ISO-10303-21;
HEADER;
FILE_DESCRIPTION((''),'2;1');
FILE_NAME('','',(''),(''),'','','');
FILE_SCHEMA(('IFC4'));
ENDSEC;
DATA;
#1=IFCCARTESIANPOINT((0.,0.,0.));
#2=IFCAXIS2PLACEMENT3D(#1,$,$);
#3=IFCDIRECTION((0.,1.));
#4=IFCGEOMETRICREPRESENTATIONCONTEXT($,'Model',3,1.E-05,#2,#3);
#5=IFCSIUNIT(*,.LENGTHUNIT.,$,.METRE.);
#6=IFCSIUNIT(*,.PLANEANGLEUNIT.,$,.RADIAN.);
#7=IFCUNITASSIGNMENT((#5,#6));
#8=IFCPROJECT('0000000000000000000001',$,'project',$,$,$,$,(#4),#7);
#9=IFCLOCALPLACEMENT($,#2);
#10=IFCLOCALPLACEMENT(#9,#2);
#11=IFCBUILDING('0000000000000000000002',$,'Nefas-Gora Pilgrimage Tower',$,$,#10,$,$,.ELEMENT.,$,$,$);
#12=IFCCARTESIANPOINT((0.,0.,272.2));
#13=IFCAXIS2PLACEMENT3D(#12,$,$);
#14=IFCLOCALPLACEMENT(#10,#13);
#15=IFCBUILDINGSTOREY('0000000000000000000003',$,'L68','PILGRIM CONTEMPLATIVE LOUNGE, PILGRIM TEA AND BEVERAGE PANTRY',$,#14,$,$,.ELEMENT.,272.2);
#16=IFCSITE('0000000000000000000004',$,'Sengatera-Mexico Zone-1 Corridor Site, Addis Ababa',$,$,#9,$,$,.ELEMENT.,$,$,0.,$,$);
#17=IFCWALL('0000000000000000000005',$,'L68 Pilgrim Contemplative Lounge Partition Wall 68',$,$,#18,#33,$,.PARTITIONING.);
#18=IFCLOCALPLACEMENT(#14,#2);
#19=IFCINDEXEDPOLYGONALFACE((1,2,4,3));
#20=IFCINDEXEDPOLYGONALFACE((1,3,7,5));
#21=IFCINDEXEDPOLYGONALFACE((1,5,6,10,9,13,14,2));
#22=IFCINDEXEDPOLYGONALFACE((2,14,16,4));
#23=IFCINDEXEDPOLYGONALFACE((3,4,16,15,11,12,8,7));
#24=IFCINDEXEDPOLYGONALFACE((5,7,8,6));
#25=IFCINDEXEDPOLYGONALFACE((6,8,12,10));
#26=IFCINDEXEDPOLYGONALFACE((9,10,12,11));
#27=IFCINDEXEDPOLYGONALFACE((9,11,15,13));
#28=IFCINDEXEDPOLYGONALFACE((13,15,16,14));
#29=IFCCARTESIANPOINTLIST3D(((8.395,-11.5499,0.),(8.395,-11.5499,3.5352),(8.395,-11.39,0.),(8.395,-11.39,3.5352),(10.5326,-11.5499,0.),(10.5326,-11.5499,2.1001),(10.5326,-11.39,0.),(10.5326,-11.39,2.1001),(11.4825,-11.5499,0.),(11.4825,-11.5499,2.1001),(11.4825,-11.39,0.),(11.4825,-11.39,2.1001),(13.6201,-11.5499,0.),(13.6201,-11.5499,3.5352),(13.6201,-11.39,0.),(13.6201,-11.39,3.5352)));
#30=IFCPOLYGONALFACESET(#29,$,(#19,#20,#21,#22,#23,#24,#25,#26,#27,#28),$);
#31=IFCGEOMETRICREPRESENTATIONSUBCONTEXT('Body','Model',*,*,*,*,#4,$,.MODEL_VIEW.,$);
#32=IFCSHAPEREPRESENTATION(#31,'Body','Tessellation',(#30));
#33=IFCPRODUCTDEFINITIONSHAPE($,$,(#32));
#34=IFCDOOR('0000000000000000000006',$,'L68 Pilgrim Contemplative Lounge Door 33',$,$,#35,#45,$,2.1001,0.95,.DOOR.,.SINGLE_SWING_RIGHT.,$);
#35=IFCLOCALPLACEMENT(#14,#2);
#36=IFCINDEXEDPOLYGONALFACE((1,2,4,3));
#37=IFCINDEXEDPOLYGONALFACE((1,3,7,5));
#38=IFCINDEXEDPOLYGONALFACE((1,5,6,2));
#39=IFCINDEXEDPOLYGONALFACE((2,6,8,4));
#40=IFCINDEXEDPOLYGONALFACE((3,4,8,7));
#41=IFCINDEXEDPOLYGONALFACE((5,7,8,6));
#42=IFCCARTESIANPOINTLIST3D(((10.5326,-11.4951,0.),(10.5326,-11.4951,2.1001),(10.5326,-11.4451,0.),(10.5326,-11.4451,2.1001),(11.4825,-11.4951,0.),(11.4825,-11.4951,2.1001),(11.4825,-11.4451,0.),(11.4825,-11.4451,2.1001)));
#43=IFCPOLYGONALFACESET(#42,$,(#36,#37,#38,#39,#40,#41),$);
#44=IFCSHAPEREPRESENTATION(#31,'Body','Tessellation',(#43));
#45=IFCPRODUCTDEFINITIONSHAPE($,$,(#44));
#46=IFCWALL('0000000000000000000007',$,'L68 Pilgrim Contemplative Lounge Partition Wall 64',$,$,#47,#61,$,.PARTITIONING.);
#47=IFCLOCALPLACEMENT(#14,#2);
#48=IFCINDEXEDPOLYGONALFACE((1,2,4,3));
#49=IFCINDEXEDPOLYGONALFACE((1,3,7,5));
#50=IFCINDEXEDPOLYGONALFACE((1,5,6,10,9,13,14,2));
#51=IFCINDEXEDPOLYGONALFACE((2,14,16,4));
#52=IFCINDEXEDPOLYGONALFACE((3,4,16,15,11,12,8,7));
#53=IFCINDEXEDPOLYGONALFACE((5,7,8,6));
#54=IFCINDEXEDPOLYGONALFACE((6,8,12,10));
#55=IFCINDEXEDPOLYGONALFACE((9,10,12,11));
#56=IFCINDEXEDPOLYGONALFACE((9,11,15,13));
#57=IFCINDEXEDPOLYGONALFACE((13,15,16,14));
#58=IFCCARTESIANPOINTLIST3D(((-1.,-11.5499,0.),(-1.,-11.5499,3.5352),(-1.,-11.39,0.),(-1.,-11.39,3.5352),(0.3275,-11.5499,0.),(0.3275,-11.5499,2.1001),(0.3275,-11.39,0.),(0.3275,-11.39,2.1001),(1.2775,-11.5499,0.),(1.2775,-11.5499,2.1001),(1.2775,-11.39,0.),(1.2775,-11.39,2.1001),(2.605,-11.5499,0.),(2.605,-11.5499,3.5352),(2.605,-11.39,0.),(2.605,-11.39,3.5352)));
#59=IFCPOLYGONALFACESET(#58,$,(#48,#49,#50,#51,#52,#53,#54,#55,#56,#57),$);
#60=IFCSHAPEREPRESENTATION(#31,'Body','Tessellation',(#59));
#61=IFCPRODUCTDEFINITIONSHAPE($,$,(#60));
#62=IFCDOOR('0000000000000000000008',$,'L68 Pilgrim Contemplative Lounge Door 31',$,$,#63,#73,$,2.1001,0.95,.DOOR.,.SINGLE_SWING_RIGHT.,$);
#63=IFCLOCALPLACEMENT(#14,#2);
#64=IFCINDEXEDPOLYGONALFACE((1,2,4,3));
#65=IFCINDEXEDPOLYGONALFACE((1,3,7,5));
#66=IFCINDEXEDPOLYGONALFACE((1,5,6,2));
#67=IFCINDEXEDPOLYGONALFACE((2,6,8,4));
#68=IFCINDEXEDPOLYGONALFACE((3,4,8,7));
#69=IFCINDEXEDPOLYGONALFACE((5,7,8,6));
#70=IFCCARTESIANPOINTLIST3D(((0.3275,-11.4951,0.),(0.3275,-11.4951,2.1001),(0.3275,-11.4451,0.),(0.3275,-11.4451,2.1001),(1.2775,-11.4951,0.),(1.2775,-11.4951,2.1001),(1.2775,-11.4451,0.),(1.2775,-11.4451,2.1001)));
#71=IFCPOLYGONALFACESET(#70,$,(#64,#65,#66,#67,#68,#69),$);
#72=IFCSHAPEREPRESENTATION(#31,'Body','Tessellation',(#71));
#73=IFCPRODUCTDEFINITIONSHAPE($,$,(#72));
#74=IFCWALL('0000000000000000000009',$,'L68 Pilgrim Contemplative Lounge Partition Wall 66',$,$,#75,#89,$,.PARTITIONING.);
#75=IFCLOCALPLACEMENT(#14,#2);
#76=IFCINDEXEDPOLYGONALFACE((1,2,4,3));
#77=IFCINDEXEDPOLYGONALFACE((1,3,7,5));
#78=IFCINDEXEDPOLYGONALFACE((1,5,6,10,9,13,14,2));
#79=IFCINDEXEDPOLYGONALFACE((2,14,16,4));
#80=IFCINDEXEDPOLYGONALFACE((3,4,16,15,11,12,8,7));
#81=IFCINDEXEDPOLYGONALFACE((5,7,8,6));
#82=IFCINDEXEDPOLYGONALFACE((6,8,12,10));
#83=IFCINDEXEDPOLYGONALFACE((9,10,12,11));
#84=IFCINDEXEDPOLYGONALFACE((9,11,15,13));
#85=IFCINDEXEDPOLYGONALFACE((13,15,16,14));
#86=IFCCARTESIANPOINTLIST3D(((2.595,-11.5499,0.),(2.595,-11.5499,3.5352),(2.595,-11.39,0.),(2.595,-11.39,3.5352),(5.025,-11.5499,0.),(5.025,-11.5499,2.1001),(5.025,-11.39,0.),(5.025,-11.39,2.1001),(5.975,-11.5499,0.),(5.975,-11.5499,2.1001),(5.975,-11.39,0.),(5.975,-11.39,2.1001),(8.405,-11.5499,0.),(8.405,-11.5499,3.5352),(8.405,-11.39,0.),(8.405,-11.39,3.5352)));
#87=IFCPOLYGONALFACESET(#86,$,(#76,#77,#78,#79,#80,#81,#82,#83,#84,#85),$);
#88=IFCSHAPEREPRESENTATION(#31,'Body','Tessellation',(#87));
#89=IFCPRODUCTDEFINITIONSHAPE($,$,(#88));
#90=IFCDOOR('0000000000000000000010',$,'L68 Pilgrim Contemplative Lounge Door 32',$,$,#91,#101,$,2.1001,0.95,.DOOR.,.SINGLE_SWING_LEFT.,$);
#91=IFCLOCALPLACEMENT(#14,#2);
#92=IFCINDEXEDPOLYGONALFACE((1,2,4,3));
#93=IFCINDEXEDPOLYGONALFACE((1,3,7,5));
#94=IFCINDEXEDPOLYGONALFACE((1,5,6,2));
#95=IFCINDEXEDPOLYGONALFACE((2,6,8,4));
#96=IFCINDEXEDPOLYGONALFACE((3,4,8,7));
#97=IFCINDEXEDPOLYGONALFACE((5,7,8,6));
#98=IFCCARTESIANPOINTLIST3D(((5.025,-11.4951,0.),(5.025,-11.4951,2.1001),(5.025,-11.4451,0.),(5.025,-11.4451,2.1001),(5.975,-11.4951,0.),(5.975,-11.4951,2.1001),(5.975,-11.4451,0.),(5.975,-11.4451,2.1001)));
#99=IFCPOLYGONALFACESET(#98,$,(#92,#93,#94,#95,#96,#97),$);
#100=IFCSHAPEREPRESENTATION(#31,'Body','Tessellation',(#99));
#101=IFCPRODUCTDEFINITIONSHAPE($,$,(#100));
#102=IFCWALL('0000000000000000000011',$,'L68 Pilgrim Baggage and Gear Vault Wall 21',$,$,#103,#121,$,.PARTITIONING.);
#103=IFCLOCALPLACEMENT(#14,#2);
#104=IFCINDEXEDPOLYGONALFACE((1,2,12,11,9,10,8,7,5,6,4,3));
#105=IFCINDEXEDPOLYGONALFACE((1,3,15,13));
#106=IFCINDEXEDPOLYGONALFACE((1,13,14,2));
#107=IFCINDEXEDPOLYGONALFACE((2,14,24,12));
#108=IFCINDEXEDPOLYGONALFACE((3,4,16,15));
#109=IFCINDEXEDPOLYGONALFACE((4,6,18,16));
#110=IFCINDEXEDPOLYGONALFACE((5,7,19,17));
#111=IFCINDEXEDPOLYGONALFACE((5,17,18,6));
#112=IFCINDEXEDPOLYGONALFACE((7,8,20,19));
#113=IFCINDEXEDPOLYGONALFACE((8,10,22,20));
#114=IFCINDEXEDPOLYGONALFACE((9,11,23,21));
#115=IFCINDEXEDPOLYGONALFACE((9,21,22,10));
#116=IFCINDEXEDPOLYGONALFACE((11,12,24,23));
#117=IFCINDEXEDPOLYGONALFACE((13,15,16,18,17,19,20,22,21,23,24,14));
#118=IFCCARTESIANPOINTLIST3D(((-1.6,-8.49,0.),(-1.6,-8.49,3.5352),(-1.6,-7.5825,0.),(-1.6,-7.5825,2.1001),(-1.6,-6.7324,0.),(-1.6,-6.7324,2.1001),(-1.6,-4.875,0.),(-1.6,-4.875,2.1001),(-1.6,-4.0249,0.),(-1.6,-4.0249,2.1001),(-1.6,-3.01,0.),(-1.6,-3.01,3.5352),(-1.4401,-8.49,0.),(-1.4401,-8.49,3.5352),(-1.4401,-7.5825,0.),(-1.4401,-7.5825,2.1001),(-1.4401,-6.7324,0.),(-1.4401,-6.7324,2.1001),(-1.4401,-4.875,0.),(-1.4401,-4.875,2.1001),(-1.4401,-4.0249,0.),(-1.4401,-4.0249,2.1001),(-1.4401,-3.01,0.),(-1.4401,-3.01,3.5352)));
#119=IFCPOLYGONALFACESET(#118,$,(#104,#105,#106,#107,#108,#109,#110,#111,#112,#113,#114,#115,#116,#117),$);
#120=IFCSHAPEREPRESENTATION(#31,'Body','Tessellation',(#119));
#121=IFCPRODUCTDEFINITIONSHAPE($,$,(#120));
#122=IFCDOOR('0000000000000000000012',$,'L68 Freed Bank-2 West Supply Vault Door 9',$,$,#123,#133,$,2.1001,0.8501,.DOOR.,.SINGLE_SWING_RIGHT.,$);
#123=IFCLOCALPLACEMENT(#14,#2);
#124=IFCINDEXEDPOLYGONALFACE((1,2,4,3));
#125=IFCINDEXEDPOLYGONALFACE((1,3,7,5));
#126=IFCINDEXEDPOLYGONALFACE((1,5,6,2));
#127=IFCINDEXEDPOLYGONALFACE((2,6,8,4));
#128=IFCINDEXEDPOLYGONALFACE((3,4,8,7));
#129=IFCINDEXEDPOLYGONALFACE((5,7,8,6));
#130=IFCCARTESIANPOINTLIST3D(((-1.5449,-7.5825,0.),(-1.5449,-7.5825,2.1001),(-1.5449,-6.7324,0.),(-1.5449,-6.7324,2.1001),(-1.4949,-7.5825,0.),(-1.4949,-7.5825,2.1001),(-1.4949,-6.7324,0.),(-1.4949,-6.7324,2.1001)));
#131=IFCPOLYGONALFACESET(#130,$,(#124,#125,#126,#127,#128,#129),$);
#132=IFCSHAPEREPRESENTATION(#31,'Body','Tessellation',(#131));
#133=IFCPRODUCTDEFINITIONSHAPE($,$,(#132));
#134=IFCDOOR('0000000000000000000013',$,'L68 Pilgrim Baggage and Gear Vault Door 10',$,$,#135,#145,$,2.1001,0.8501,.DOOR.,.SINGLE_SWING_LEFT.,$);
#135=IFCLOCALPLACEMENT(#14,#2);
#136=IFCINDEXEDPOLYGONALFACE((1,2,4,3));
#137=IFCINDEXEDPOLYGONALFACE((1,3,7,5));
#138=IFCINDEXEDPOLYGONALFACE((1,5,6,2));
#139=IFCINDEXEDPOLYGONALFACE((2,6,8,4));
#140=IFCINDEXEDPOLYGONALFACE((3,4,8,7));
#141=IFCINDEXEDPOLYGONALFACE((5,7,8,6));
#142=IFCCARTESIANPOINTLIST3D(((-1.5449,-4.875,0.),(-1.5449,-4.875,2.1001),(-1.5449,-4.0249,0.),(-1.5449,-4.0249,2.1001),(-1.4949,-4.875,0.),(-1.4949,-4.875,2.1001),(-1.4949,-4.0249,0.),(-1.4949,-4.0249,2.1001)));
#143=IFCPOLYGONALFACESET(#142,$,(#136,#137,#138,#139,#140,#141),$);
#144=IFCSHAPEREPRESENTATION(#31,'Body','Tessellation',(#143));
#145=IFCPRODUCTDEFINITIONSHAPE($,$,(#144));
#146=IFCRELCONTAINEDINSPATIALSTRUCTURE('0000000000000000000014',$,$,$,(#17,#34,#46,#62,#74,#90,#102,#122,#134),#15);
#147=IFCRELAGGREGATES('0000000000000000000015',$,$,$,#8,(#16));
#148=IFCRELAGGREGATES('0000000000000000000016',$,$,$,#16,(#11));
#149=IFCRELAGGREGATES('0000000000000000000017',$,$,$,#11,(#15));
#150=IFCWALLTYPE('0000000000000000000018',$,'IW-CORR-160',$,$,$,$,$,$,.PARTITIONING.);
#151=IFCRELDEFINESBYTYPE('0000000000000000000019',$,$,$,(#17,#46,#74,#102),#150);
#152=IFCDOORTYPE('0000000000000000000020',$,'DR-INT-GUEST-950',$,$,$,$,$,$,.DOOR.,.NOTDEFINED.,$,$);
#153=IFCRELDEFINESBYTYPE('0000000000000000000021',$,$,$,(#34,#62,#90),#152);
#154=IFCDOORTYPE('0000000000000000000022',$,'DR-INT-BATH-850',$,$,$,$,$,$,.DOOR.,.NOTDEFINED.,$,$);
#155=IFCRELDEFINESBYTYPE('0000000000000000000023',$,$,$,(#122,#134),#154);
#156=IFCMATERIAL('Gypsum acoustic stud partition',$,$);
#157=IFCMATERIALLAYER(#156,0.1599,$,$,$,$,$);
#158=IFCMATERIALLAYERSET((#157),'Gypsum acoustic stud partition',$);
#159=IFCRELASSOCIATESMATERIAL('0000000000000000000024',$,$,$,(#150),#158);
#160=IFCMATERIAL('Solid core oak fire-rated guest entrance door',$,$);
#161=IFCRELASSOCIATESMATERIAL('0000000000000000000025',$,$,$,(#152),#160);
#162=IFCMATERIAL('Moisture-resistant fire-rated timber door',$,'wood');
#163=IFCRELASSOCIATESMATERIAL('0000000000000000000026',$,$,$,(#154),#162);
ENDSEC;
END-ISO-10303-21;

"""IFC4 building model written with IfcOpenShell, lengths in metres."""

from ifc_helpers import new_model, si_unit, direction, frame, frame_2d, origin, place, context, subcontext, project, spatial, rectangle, extrude, source, transform, mapped, material, layer, layer_set, type_object, element, fill, save


model = new_model("IFC4")

# Units and contexts
model_context = context("Model", 3, precision=1e-05, world=origin(), true_north=direction((0.0, 1.0)))
body_context = subcontext(model_context, "Body", "Model", "MODEL_VIEW")
ifc_project = project(units=[si_unit("LENGTHUNIT", "METRE"), si_unit("PLANEANGLEUNIT", "RADIAN")], contexts=[model_context])

# Site, building, storey
site_placement = place(None, origin())
site = spatial("IfcSite", under=ifc_project, at=site_placement, Name="Sengatera-Mexico Zone-1 Corridor Site, Addis Ababa", CompositionType="ELEMENT", RefElevation=0.0)
building_placement = place(site_placement, origin())
building = spatial("IfcBuilding", under=site, at=building_placement, Name="Nefas-Gora Pilgrimage Tower", CompositionType="ELEMENT")
storey_placement = place(building_placement, frame((0.0, 0.0, 272.2)))
storey = spatial("IfcBuildingStorey", under=building, at=storey_placement, Name="L68", Description="PILGRIM CONTEMPLATIVE LOUNGE, PILGRIM TEA AND BEVERAGE PANTRY", CompositionType="ELEMENT", Elevation=272.2)

# Walls, openings, doors
ifc_material_1 = material(Name="Gypsum acoustic stud partition")
ifc_layer_1 = layer(ifc_material_1, 0.1599)
ifc_layer_set_1 = layer_set([ifc_layer_1], Name="Gypsum acoustic stud partition")
wall_type_1 = type_object("IfcWallType", Name="IW-CORR-160", PredefinedType="PARTITIONING", material=ifc_layer_set_1)
shared_shape_1 = source(origin(), body_context, "Body", "SweptSolid", [
    extrude(rectangle(XDim=5.2251, YDim=0.1599, at=frame_2d((2.6125, 0.0))), origin(), (0.0, 0.0, 1.0), 3.5352),
])
wall_1_placement = place(storey_placement, frame((8.395, -11.47, 0.0), z_axis=(0.0, 0.0, 1.0), x_axis=(1.0, 0.0, 0.0)))
wall_1 = element("IfcWall", 1, at=wall_1_placement, inside=storey, type_object=wall_type_1, Name="L68 Pilgrim Contemplative Lounge Partition Wall 68", PredefinedType="PARTITIONING", context=body_context, shape_type="MappedRepresentation", body=[
    mapped(shared_shape_1, transform((0.0, 0.0, 0.0), x_axis=(1.0, 0.0, 0.0), y_axis=(0.0, 1.0, 0.0), z_axis=(0.0, 0.0, 1.0), scale=1.0)),
])
opening_1_placement = place(wall_1_placement, frame((2.1375, 0.0, 0.0)))
opening_1 = element("IfcOpeningElement", 2, at=opening_1_placement, cuts=wall_1, PredefinedType="OPENING", context=body_context, shape_type="SweptSolid", body=[
    extrude(rectangle(XDim=0.95, YDim=2.1001, at=frame_2d((0.4751, 1.05))), frame((0.0, 0.0898, 0.0), z_axis=(0.0, -1.0, 0.0), x_axis=(1.0, 0.0, 0.0)), (0.0, 0.0, 1.0), 0.1799),
])
ifc_material_2 = material(Name="Solid core oak fire-rated guest entrance door")
door_type_1 = type_object("IfcDoorType", Name="DR-INT-GUEST-950", OperationType="NOTDEFINED", PredefinedType="DOOR", material=ifc_material_2)
shared_shape_2 = source(origin(), body_context, "Body", "SweptSolid", [
    extrude(rectangle(XDim=0.95, YDim=2.1001, at=frame_2d((0.4751, 1.05))), frame((0.0, 0.0249, 0.0), z_axis=(0.0, -1.0, 0.0), x_axis=(1.0, 0.0, 0.0)), (0.0, 0.0, 1.0), 0.05),
])
door_1_placement = place(opening_1_placement, origin())
door_1 = element("IfcDoor", 3, at=door_1_placement, inside=storey, type_object=door_type_1, Name="L68 Pilgrim Contemplative Lounge Door 33", OperationType="SINGLE_SWING_RIGHT", OverallHeight=2.1001, OverallWidth=0.95, PredefinedType="DOOR", context=body_context, shape_type="MappedRepresentation", body=[
    mapped(shared_shape_2, transform((0.0, 0.0, 0.0), x_axis=(1.0, 0.0, 0.0), y_axis=(0.0, 1.0, 0.0), z_axis=(0.0, 0.0, 1.0), scale=1.0)),
])
fill(opening_1, door_1)
shared_shape_3 = source(origin(), body_context, "Body", "SweptSolid", [
    extrude(rectangle(XDim=3.605, YDim=0.1599, at=frame_2d((1.8025, 0.0))), origin(), (0.0, 0.0, 1.0), 3.5352),
])
wall_2_placement = place(storey_placement, frame((-1.0, -11.47, 0.0), z_axis=(0.0, 0.0, 1.0), x_axis=(1.0, 0.0, 0.0)))
wall_2 = element("IfcWall", 4, at=wall_2_placement, inside=storey, type_object=wall_type_1, Name="L68 Pilgrim Contemplative Lounge Partition Wall 64", PredefinedType="PARTITIONING", context=body_context, shape_type="MappedRepresentation", body=[
    mapped(shared_shape_3, transform((0.0, 0.0, 0.0), x_axis=(1.0, 0.0, 0.0), y_axis=(0.0, 1.0, 0.0), z_axis=(0.0, 0.0, 1.0), scale=1.0)),
])
opening_2_placement = place(wall_2_placement, frame((1.3274, 0.0, 0.0)))
opening_2 = element("IfcOpeningElement", 5, at=opening_2_placement, cuts=wall_2, PredefinedType="OPENING", context=body_context, shape_type="SweptSolid", body=[
    extrude(rectangle(XDim=0.95, YDim=2.1001, at=frame_2d((0.4751, 1.05))), frame((0.0, 0.0898, 0.0), z_axis=(0.0, -1.0, 0.0), x_axis=(1.0, 0.0, 0.0)), (0.0, 0.0, 1.0), 0.1799),
])
door_2_placement = place(opening_2_placement, origin())
door_2 = element("IfcDoor", 6, at=door_2_placement, inside=storey, type_object=door_type_1, Name="L68 Pilgrim Contemplative Lounge Door 31", OperationType="SINGLE_SWING_RIGHT", OverallHeight=2.1001, OverallWidth=0.95, PredefinedType="DOOR", context=body_context, shape_type="MappedRepresentation", body=[
    mapped(shared_shape_2, transform((0.0, 0.0, 0.0), x_axis=(1.0, 0.0, 0.0), y_axis=(0.0, 1.0, 0.0), z_axis=(0.0, 0.0, 1.0), scale=1.0)),
])
fill(opening_2, door_2)
shared_shape_4 = source(origin(), body_context, "Body", "SweptSolid", [
    extrude(rectangle(XDim=5.8101, YDim=0.1599, at=frame_2d((2.905, 0.0))), origin(), (0.0, 0.0, 1.0), 3.5352),
])
wall_3_placement = place(storey_placement, frame((2.595, -11.47, 0.0), z_axis=(0.0, 0.0, 1.0), x_axis=(1.0, 0.0, 0.0)))
wall_3 = element("IfcWall", 7, at=wall_3_placement, inside=storey, type_object=wall_type_1, Name="L68 Pilgrim Contemplative Lounge Partition Wall 66", PredefinedType="PARTITIONING", context=body_context, shape_type="MappedRepresentation", body=[
    mapped(shared_shape_4, transform((0.0, 0.0, 0.0), x_axis=(1.0, 0.0, 0.0), y_axis=(0.0, 1.0, 0.0), z_axis=(0.0, 0.0, 1.0), scale=1.0)),
])
opening_3_placement = place(wall_3_placement, frame((2.4299, 0.0, 0.0)))
opening_3 = element("IfcOpeningElement", 8, at=opening_3_placement, cuts=wall_3, PredefinedType="OPENING", context=body_context, shape_type="SweptSolid", body=[
    extrude(rectangle(XDim=0.95, YDim=2.1001, at=frame_2d((0.4751, 1.05))), frame((0.0, 0.0898, 0.0), z_axis=(0.0, -1.0, 0.0), x_axis=(1.0, 0.0, 0.0)), (0.0, 0.0, 1.0), 0.1799),
])
door_3_placement = place(opening_3_placement, origin())
door_3 = element("IfcDoor", 9, at=door_3_placement, inside=storey, type_object=door_type_1, Name="L68 Pilgrim Contemplative Lounge Door 32", OperationType="SINGLE_SWING_LEFT", OverallHeight=2.1001, OverallWidth=0.95, PredefinedType="DOOR", context=body_context, shape_type="MappedRepresentation", body=[
    mapped(shared_shape_2, transform((0.0, 0.0, 0.0), x_axis=(1.0, 0.0, 0.0), y_axis=(0.0, 1.0, 0.0), z_axis=(0.0, 0.0, 1.0), scale=1.0)),
])
fill(opening_3, door_3)

# Wall, openings, doors
shared_shape_5 = source(origin(), body_context, "Body", "SweptSolid", [
    extrude(rectangle(XDim=5.48, YDim=0.1599, at=frame_2d((2.74, 0.0))), origin(), (0.0, 0.0, 1.0), 3.5352),
])
wall_4_placement = place(storey_placement, frame((-1.52, -8.49, 0.0), z_axis=(0.0, 0.0, 1.0), x_axis=(0.0, 1.0, 0.0)))
wall_4 = element("IfcWall", 10, at=wall_4_placement, inside=storey, type_object=wall_type_1, Name="L68 Pilgrim Baggage and Gear Vault Wall 21", PredefinedType="PARTITIONING", context=body_context, shape_type="MappedRepresentation", body=[
    mapped(shared_shape_5, transform((0.0, 0.0, 0.0), x_axis=(1.0, 0.0, 0.0), y_axis=(0.0, 1.0, 0.0), z_axis=(0.0, 0.0, 1.0), scale=1.0)),
])
opening_4_placement = place(wall_4_placement, frame((0.9075, 0.0, 0.0)))
opening_4 = element("IfcOpeningElement", 11, at=opening_4_placement, cuts=wall_4, PredefinedType="OPENING", context=body_context, shape_type="SweptSolid", body=[
    extrude(rectangle(XDim=0.8501, YDim=2.1001, at=frame_2d((0.425, 1.05))), frame((0.0, 0.0898, 0.0), z_axis=(0.0, -1.0, 0.0), x_axis=(1.0, 0.0, 0.0)), (0.0, 0.0, 1.0), 0.1799),
])
opening_5_placement = place(wall_4_placement, frame((3.615, 0.0, 0.0)))
opening_5 = element("IfcOpeningElement", 12, at=opening_5_placement, cuts=wall_4, PredefinedType="OPENING", context=body_context, shape_type="SweptSolid", body=[
    extrude(rectangle(XDim=0.8501, YDim=2.1001, at=frame_2d((0.425, 1.05))), frame((0.0, 0.0898, 0.0), z_axis=(0.0, -1.0, 0.0), x_axis=(1.0, 0.0, 0.0)), (0.0, 0.0, 1.0), 0.1799),
])
ifc_material_3 = material(Name="Moisture-resistant fire-rated timber door", Category="wood")
door_type_2 = type_object("IfcDoorType", Name="DR-INT-BATH-850", OperationType="NOTDEFINED", PredefinedType="DOOR", material=ifc_material_3)
shared_shape_6 = source(origin(), body_context, "Body", "SweptSolid", [
    extrude(rectangle(XDim=0.8501, YDim=2.1001, at=frame_2d((0.425, 1.05))), frame((0.0, 0.0249, 0.0), z_axis=(0.0, -1.0, 0.0), x_axis=(1.0, 0.0, 0.0)), (0.0, 0.0, 1.0), 0.05),
])
door_4_placement = place(opening_4_placement, origin())
door_4 = element("IfcDoor", 13, at=door_4_placement, inside=storey, type_object=door_type_2, Name="L68 Freed Bank-2 West Supply Vault Door 9", OperationType="SINGLE_SWING_RIGHT", OverallHeight=2.1001, OverallWidth=0.8501, PredefinedType="DOOR", context=body_context, shape_type="MappedRepresentation", body=[
    mapped(shared_shape_6, transform((0.0, 0.0, 0.0), x_axis=(1.0, 0.0, 0.0), y_axis=(0.0, 1.0, 0.0), z_axis=(0.0, 0.0, 1.0), scale=1.0)),
])
fill(opening_4, door_4)
door_5_placement = place(opening_5_placement, origin())
door_5 = element("IfcDoor", 14, at=door_5_placement, inside=storey, type_object=door_type_2, Name="L68 Pilgrim Baggage and Gear Vault Door 10", OperationType="SINGLE_SWING_LEFT", OverallHeight=2.1001, OverallWidth=0.8501, PredefinedType="DOOR", context=body_context, shape_type="MappedRepresentation", body=[
    mapped(shared_shape_6, transform((0.0, 0.0, 0.0), x_axis=(1.0, 0.0, 0.0), y_axis=(0.0, 1.0, 0.0), z_axis=(0.0, 0.0, 1.0), scale=1.0)),
])
fill(opening_5, door_5)

save(model, "model.ifc")
